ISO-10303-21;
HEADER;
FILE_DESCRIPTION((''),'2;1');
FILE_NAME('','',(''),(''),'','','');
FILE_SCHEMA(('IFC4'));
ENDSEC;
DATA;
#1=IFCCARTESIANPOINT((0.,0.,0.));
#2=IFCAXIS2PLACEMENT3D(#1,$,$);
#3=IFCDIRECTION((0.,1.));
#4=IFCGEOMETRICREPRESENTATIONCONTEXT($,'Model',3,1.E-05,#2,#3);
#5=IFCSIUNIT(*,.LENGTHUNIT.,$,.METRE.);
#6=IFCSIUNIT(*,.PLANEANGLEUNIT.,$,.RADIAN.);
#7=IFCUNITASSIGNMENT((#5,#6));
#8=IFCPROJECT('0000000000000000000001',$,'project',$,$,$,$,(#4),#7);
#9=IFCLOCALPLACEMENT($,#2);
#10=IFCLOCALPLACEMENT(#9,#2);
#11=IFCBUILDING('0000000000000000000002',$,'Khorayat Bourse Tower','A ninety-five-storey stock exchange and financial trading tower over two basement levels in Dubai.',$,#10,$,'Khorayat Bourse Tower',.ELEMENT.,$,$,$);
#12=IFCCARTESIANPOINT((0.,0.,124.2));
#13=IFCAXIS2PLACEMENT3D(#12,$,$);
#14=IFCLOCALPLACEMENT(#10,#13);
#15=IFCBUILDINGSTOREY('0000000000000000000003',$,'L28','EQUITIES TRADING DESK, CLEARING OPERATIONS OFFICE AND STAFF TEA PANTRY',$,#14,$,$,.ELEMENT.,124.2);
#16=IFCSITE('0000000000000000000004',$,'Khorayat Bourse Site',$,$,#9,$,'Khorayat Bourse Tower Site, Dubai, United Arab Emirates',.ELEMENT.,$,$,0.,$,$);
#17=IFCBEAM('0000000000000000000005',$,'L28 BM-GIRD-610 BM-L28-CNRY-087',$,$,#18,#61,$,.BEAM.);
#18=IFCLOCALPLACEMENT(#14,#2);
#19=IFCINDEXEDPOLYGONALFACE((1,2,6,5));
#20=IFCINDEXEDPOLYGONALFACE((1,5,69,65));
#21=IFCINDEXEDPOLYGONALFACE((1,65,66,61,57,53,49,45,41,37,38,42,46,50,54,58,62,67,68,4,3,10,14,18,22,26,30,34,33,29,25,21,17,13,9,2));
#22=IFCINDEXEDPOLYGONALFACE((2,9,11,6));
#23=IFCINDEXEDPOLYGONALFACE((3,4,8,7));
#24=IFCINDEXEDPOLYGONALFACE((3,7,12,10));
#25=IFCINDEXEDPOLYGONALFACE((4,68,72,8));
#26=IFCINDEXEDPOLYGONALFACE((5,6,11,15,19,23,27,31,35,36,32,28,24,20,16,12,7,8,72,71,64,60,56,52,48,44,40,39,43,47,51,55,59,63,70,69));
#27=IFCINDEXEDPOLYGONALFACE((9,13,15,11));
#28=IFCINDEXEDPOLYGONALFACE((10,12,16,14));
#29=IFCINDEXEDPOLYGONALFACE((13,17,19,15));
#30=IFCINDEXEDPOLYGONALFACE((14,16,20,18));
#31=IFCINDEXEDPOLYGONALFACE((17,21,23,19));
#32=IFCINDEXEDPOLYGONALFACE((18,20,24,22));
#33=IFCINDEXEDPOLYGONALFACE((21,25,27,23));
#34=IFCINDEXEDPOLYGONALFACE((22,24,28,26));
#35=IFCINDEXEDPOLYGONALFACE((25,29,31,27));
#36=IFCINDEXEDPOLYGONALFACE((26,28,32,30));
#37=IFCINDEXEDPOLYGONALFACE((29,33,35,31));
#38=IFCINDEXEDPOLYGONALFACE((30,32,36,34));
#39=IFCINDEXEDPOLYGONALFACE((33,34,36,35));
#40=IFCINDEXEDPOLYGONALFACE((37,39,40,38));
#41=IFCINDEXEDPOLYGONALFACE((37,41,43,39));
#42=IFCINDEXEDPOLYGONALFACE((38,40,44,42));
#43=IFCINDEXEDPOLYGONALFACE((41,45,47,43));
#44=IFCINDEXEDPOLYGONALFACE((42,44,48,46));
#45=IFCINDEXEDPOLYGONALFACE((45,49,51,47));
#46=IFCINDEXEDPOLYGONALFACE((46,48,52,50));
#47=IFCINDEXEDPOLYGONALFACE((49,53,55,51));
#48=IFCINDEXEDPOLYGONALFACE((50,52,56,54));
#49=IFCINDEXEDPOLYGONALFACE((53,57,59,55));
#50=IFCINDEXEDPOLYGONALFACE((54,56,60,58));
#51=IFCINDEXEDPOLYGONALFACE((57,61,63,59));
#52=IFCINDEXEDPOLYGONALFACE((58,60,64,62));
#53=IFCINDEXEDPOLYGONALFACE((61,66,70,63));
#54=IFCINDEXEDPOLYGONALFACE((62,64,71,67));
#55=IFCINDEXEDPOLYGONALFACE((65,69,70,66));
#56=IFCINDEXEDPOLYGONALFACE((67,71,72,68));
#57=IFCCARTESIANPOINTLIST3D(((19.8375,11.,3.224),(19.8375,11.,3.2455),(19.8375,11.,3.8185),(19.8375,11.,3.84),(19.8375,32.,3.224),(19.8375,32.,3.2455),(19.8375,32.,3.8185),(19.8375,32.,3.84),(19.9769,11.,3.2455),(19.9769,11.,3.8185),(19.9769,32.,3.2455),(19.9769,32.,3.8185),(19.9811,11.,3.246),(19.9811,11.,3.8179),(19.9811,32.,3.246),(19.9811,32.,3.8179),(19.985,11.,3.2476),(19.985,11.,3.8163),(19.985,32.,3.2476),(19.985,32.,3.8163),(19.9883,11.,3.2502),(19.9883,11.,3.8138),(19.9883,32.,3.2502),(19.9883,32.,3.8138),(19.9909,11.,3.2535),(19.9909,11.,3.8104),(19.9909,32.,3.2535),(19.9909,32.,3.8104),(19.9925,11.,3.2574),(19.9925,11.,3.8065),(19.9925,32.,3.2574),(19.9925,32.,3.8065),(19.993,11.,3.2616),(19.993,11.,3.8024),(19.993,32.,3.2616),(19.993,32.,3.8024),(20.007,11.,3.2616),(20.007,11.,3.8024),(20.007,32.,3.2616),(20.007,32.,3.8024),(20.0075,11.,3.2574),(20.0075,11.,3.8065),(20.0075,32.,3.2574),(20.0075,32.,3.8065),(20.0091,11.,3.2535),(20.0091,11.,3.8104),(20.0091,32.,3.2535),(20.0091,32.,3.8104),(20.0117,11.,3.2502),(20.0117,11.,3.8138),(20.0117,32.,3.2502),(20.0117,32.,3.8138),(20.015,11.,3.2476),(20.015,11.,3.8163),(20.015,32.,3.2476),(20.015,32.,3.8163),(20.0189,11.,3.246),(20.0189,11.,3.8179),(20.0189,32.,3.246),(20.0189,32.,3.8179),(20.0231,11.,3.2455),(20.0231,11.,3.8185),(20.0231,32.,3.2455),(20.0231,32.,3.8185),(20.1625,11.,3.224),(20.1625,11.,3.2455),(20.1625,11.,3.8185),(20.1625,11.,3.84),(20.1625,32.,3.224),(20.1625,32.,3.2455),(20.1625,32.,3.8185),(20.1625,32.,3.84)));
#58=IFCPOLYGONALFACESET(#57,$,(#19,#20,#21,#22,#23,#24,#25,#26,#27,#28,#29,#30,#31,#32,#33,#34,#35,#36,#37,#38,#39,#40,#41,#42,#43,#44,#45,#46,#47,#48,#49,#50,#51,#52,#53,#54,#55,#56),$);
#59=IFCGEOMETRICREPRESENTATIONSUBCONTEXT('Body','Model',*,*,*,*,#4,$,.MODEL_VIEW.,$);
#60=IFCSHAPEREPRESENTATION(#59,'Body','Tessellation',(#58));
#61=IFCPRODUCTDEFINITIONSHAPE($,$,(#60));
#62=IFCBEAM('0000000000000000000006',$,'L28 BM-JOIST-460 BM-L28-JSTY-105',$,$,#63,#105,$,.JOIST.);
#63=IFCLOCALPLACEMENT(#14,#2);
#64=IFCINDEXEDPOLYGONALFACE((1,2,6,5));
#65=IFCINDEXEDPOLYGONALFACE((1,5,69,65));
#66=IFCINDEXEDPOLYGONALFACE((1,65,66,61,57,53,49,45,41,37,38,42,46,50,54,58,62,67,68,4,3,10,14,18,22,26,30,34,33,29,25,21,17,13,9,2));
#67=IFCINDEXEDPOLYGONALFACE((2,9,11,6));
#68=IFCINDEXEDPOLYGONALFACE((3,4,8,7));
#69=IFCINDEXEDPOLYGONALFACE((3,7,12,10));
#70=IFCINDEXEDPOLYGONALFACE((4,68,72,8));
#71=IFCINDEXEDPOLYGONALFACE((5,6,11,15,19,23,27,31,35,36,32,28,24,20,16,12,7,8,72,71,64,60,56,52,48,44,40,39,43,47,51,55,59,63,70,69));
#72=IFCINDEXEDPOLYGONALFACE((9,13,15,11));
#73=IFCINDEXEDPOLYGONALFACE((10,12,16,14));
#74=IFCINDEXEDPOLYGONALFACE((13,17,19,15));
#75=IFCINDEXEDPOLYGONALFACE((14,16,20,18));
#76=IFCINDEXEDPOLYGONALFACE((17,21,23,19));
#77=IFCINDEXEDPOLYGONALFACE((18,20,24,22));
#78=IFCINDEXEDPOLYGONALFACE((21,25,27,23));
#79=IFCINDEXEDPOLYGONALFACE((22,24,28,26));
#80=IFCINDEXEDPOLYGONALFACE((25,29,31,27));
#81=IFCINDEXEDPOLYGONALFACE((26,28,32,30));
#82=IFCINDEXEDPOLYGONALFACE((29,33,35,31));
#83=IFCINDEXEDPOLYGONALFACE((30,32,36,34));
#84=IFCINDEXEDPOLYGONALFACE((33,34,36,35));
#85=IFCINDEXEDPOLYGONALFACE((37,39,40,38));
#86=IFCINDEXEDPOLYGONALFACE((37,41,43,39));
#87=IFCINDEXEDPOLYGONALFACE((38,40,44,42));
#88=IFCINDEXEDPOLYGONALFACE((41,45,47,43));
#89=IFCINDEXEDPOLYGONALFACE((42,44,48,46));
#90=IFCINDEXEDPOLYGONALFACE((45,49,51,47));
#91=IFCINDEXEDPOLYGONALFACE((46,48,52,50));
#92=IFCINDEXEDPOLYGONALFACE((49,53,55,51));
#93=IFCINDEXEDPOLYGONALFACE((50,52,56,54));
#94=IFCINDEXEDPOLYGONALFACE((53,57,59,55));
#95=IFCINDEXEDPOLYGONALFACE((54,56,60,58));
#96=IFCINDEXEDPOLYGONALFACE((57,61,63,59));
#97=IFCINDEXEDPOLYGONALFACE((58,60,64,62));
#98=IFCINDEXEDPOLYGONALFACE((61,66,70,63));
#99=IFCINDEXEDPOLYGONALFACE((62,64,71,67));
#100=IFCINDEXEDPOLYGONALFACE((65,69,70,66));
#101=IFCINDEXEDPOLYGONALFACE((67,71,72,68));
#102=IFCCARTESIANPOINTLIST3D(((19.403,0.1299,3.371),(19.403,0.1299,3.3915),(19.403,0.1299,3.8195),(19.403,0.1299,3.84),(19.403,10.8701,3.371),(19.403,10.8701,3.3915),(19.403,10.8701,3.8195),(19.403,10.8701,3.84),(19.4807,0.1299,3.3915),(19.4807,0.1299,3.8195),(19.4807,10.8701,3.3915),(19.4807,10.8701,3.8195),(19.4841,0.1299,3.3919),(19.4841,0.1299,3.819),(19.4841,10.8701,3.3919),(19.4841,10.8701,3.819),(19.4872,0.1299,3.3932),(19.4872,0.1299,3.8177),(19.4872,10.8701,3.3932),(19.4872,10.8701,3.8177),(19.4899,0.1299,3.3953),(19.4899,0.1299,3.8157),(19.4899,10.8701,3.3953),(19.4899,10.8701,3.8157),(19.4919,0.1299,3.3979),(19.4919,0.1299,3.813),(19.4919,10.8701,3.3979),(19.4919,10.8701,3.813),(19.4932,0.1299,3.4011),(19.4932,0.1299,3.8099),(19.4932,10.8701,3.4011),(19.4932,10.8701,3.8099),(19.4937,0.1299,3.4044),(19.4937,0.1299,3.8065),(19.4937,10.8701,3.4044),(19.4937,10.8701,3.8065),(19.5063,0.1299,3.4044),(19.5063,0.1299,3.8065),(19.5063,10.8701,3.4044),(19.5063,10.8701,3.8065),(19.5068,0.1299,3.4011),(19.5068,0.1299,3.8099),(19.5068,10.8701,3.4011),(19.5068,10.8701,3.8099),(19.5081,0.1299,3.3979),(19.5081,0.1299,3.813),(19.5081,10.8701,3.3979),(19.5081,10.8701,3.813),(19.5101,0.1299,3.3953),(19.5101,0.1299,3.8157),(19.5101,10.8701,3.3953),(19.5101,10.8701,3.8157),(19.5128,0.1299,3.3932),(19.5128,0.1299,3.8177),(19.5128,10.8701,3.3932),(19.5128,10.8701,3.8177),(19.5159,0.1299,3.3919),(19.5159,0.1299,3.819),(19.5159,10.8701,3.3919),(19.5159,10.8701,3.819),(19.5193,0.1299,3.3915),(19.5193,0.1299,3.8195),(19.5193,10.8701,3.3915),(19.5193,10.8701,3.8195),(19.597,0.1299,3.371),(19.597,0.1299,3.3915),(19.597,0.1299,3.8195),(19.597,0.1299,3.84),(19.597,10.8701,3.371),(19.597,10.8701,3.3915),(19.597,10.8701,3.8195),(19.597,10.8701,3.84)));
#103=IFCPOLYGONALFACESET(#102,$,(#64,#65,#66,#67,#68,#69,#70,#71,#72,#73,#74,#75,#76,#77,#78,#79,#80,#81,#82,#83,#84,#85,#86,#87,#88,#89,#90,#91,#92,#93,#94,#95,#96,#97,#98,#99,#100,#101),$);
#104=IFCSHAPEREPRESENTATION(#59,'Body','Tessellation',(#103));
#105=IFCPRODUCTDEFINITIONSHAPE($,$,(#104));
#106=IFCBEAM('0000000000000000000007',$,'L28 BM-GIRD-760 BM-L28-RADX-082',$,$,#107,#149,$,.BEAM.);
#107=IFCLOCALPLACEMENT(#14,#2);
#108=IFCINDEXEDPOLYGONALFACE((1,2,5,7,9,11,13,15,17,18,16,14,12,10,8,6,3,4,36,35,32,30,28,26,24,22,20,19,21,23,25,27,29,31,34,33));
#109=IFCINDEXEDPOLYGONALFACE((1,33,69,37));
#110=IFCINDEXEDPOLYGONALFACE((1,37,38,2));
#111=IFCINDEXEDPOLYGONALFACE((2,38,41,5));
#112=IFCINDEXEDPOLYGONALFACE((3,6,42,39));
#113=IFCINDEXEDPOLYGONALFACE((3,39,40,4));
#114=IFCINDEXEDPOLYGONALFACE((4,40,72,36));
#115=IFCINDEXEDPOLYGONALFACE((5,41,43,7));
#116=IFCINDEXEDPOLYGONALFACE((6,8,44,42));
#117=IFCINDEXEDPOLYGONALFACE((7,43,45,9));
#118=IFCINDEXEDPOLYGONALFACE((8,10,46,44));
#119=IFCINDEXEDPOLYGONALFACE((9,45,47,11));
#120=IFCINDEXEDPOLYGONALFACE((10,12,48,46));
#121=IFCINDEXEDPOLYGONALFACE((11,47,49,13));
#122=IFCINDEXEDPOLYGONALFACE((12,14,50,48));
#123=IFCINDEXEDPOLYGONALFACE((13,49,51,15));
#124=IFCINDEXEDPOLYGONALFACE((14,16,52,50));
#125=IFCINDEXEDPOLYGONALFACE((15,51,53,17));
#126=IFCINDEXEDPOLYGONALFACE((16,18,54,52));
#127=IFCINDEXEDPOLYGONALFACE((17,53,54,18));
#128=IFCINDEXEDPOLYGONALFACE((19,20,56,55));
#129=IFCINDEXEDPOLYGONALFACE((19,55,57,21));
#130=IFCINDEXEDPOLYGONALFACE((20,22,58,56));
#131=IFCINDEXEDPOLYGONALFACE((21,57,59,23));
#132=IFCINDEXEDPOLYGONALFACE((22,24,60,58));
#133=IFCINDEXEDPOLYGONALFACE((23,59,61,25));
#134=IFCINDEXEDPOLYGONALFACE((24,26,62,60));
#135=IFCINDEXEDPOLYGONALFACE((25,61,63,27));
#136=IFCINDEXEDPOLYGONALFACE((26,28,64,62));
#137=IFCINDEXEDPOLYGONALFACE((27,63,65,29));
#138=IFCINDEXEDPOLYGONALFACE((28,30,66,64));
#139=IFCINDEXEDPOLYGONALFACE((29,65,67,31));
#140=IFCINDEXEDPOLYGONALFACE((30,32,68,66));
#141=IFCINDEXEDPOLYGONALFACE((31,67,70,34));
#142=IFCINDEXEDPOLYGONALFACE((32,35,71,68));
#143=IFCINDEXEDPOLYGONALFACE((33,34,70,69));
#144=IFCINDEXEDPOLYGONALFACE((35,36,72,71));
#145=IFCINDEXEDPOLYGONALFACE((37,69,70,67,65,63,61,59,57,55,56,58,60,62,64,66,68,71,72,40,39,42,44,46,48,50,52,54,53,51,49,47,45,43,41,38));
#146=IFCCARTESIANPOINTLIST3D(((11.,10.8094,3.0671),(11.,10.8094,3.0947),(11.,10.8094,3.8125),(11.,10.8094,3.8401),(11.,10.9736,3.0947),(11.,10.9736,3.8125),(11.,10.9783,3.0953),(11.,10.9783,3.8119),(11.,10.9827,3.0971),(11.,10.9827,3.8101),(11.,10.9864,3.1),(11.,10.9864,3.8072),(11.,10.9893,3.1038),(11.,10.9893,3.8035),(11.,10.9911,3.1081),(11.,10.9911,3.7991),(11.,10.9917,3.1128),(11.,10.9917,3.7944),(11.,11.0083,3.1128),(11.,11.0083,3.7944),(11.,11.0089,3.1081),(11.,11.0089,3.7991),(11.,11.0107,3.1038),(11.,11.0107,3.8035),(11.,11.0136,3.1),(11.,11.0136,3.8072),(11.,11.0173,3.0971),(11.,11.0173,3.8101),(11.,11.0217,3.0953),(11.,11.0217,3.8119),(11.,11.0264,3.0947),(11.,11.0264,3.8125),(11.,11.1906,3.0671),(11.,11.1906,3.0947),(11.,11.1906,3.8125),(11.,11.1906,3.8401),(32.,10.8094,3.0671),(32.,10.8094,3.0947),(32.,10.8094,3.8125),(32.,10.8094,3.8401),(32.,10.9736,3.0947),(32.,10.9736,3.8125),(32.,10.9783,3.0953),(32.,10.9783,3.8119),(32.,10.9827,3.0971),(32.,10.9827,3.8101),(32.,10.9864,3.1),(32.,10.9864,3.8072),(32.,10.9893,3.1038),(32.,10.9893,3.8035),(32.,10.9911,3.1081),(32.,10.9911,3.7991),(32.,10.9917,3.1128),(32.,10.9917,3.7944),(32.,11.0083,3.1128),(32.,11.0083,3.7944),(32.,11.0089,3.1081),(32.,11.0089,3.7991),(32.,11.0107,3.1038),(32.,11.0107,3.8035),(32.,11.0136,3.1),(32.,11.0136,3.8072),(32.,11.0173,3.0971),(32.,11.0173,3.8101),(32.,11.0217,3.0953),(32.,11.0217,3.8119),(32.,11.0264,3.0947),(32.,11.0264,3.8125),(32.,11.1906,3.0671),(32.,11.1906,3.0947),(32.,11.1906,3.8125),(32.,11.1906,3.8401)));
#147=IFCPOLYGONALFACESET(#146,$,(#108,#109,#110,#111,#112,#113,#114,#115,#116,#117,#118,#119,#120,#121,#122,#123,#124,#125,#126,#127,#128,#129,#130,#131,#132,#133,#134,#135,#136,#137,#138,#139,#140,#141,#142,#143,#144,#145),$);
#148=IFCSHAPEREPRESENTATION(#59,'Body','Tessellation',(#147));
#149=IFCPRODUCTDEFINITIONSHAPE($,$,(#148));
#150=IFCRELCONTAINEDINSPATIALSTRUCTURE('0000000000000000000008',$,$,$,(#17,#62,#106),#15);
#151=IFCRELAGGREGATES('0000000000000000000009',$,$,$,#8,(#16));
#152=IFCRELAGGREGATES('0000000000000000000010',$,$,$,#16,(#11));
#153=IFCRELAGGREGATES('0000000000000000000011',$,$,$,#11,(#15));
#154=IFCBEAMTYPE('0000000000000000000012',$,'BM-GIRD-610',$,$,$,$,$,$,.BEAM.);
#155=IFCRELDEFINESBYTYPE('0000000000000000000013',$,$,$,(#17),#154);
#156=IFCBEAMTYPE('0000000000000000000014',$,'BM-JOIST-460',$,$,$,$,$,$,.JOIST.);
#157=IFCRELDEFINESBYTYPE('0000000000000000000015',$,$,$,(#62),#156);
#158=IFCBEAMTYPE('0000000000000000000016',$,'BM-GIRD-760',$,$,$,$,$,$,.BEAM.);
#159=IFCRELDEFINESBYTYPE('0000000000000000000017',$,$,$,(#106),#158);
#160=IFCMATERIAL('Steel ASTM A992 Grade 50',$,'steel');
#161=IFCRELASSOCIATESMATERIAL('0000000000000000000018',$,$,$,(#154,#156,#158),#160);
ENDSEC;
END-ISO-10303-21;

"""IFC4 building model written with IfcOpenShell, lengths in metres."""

from ifc_helpers import new_model, si_unit, direction, frame, origin, origin_2d, place, context, subcontext, project, spatial, i_section, extrude, source, transform, mapped, material, material_profile, profile_set, type_object, element, save


model = new_model("IFC4")

# Units and contexts
model_context = context("Model", 3, precision=1e-05, world=origin(), true_north=direction((0.0, 1.0)))
body_context = subcontext(model_context, "Body", "Model", "MODEL_VIEW")
ifc_project = project(units=[si_unit("LENGTHUNIT", "METRE"), si_unit("PLANEANGLEUNIT", "RADIAN")], contexts=[model_context])

# Site, building, storey
site_placement = place(None, origin())
site = spatial("IfcSite", under=ifc_project, at=site_placement, Name="Khorayat Bourse Site", LongName="Khorayat Bourse Tower Site, Dubai, United Arab Emirates", CompositionType="ELEMENT", RefElevation=0.0)
building_placement = place(site_placement, origin())
building = spatial("IfcBuilding", under=site, at=building_placement, Name="Khorayat Bourse Tower", Description="A ninety-five-storey stock exchange and financial trading tower over two basement levels in Dubai.", LongName="Khorayat Bourse Tower", CompositionType="ELEMENT")
storey_placement = place(building_placement, frame((0.0, 0.0, 124.2)))
storey = spatial("IfcBuildingStorey", under=building, at=storey_placement, Name="L28", Description="EQUITIES TRADING DESK, CLEARING OPERATIONS OFFICE AND STAFF TEA PANTRY", CompositionType="ELEMENT", Elevation=124.2)

# Beams
ifc_material_1 = material(Name="Steel ASTM A992 Grade 50", Category="steel")
ifc_material_profile_1 = material_profile(ifc_material_1, i_section(OverallWidth=0.325, OverallDepth=0.616, WebThickness=0.0139, FlangeThickness=0.0215, FilletRadius=0.0161, at=origin_2d()), Name="W610X174")
ifc_profile_set_1 = profile_set([ifc_material_profile_1], Name="Steel ASTM A992 Grade 50")
beam_type_1 = type_object("IfcBeamType", Name="BM-GIRD-610", PredefinedType="BEAM", material=ifc_profile_set_1)
shared_shape_1 = source(origin(), body_context, "Body", "SweptSolid", [
    extrude(i_section(OverallWidth=0.325, OverallDepth=0.616, WebThickness=0.0139, FlangeThickness=0.0215, FilletRadius=0.0161, at=origin_2d()), origin(), (0.0, 0.0, 1.0), 21.0),
])
beam_1_placement = place(storey_placement, frame((20.0, 11.0, 3.532), z_axis=(0.0, 1.0, 0.0), x_axis=(-1.0, 0.0, 0.0)))
element("IfcBeam", 1, at=beam_1_placement, inside=storey, type_object=beam_type_1, Name="L28 BM-GIRD-610 BM-L28-CNRY-087", PredefinedType="BEAM", context=body_context, shape_type="MappedRepresentation", body=[
    mapped(shared_shape_1, transform((0.0, 0.0, 0.0), scale=1.0)),
])
ifc_material_profile_2 = material_profile(ifc_material_1, i_section(OverallWidth=0.1941, OverallDepth=0.469, WebThickness=0.0127, FlangeThickness=0.0205, FilletRadius=0.0129, at=origin_2d()), Name="W460X106")
ifc_profile_set_2 = profile_set([ifc_material_profile_2], Name="Steel ASTM A992 Grade 50")
beam_type_2 = type_object("IfcBeamType", Name="BM-JOIST-460", PredefinedType="JOIST", material=ifc_profile_set_2)
shared_shape_2 = source(origin(), body_context, "Body", "SweptSolid", [
    extrude(i_section(OverallWidth=0.1941, OverallDepth=0.469, WebThickness=0.0127, FlangeThickness=0.0205, FilletRadius=0.0129, at=origin_2d()), origin(), (0.0, 0.0, 1.0), 10.7402),
])
beam_2_placement = place(storey_placement, frame((19.5, 0.1299, 3.6055), z_axis=(0.0, 1.0, 0.0), x_axis=(-1.0, 0.0, 0.0)))
element("IfcBeam", 2, at=beam_2_placement, inside=storey, type_object=beam_type_2, Name="L28 BM-JOIST-460 BM-L28-JSTY-105", PredefinedType="JOIST", context=body_context, shape_type="MappedRepresentation", body=[
    mapped(shared_shape_2, transform((0.0, 0.0, 0.0), scale=1.0)),
])
ifc_material_profile_3 = material_profile(ifc_material_1, i_section(OverallWidth=0.3811, OverallDepth=0.7729, WebThickness=0.0166, FlangeThickness=0.0276, FilletRadius=0.0181, at=origin_2d()), Name="W760X257")
ifc_profile_set_3 = profile_set([ifc_material_profile_3], Name="Steel ASTM A992 Grade 50")
beam_type_3 = type_object("IfcBeamType", Name="BM-GIRD-760", PredefinedType="BEAM", material=ifc_profile_set_3)
shared_shape_3 = source(origin(), body_context, "Body", "SweptSolid", [
    extrude(i_section(OverallWidth=0.3811, OverallDepth=0.7729, WebThickness=0.0166, FlangeThickness=0.0276, FilletRadius=0.0181, at=origin_2d()), origin(), (0.0, 0.0, 1.0), 21.0),
])
beam_3_placement = place(storey_placement, frame((11.0, 11.0, 3.4536), z_axis=(1.0, 0.0, 0.0), x_axis=(0.0, 1.0, 0.0)))
element("IfcBeam", 3, at=beam_3_placement, inside=storey, type_object=beam_type_3, Name="L28 BM-GIRD-760 BM-L28-RADX-082", PredefinedType="BEAM", context=body_context, shape_type="MappedRepresentation", body=[
    mapped(shared_shape_3, transform((0.0, 0.0, 0.0), scale=1.0)),
])

save(model, "model.ifc")
